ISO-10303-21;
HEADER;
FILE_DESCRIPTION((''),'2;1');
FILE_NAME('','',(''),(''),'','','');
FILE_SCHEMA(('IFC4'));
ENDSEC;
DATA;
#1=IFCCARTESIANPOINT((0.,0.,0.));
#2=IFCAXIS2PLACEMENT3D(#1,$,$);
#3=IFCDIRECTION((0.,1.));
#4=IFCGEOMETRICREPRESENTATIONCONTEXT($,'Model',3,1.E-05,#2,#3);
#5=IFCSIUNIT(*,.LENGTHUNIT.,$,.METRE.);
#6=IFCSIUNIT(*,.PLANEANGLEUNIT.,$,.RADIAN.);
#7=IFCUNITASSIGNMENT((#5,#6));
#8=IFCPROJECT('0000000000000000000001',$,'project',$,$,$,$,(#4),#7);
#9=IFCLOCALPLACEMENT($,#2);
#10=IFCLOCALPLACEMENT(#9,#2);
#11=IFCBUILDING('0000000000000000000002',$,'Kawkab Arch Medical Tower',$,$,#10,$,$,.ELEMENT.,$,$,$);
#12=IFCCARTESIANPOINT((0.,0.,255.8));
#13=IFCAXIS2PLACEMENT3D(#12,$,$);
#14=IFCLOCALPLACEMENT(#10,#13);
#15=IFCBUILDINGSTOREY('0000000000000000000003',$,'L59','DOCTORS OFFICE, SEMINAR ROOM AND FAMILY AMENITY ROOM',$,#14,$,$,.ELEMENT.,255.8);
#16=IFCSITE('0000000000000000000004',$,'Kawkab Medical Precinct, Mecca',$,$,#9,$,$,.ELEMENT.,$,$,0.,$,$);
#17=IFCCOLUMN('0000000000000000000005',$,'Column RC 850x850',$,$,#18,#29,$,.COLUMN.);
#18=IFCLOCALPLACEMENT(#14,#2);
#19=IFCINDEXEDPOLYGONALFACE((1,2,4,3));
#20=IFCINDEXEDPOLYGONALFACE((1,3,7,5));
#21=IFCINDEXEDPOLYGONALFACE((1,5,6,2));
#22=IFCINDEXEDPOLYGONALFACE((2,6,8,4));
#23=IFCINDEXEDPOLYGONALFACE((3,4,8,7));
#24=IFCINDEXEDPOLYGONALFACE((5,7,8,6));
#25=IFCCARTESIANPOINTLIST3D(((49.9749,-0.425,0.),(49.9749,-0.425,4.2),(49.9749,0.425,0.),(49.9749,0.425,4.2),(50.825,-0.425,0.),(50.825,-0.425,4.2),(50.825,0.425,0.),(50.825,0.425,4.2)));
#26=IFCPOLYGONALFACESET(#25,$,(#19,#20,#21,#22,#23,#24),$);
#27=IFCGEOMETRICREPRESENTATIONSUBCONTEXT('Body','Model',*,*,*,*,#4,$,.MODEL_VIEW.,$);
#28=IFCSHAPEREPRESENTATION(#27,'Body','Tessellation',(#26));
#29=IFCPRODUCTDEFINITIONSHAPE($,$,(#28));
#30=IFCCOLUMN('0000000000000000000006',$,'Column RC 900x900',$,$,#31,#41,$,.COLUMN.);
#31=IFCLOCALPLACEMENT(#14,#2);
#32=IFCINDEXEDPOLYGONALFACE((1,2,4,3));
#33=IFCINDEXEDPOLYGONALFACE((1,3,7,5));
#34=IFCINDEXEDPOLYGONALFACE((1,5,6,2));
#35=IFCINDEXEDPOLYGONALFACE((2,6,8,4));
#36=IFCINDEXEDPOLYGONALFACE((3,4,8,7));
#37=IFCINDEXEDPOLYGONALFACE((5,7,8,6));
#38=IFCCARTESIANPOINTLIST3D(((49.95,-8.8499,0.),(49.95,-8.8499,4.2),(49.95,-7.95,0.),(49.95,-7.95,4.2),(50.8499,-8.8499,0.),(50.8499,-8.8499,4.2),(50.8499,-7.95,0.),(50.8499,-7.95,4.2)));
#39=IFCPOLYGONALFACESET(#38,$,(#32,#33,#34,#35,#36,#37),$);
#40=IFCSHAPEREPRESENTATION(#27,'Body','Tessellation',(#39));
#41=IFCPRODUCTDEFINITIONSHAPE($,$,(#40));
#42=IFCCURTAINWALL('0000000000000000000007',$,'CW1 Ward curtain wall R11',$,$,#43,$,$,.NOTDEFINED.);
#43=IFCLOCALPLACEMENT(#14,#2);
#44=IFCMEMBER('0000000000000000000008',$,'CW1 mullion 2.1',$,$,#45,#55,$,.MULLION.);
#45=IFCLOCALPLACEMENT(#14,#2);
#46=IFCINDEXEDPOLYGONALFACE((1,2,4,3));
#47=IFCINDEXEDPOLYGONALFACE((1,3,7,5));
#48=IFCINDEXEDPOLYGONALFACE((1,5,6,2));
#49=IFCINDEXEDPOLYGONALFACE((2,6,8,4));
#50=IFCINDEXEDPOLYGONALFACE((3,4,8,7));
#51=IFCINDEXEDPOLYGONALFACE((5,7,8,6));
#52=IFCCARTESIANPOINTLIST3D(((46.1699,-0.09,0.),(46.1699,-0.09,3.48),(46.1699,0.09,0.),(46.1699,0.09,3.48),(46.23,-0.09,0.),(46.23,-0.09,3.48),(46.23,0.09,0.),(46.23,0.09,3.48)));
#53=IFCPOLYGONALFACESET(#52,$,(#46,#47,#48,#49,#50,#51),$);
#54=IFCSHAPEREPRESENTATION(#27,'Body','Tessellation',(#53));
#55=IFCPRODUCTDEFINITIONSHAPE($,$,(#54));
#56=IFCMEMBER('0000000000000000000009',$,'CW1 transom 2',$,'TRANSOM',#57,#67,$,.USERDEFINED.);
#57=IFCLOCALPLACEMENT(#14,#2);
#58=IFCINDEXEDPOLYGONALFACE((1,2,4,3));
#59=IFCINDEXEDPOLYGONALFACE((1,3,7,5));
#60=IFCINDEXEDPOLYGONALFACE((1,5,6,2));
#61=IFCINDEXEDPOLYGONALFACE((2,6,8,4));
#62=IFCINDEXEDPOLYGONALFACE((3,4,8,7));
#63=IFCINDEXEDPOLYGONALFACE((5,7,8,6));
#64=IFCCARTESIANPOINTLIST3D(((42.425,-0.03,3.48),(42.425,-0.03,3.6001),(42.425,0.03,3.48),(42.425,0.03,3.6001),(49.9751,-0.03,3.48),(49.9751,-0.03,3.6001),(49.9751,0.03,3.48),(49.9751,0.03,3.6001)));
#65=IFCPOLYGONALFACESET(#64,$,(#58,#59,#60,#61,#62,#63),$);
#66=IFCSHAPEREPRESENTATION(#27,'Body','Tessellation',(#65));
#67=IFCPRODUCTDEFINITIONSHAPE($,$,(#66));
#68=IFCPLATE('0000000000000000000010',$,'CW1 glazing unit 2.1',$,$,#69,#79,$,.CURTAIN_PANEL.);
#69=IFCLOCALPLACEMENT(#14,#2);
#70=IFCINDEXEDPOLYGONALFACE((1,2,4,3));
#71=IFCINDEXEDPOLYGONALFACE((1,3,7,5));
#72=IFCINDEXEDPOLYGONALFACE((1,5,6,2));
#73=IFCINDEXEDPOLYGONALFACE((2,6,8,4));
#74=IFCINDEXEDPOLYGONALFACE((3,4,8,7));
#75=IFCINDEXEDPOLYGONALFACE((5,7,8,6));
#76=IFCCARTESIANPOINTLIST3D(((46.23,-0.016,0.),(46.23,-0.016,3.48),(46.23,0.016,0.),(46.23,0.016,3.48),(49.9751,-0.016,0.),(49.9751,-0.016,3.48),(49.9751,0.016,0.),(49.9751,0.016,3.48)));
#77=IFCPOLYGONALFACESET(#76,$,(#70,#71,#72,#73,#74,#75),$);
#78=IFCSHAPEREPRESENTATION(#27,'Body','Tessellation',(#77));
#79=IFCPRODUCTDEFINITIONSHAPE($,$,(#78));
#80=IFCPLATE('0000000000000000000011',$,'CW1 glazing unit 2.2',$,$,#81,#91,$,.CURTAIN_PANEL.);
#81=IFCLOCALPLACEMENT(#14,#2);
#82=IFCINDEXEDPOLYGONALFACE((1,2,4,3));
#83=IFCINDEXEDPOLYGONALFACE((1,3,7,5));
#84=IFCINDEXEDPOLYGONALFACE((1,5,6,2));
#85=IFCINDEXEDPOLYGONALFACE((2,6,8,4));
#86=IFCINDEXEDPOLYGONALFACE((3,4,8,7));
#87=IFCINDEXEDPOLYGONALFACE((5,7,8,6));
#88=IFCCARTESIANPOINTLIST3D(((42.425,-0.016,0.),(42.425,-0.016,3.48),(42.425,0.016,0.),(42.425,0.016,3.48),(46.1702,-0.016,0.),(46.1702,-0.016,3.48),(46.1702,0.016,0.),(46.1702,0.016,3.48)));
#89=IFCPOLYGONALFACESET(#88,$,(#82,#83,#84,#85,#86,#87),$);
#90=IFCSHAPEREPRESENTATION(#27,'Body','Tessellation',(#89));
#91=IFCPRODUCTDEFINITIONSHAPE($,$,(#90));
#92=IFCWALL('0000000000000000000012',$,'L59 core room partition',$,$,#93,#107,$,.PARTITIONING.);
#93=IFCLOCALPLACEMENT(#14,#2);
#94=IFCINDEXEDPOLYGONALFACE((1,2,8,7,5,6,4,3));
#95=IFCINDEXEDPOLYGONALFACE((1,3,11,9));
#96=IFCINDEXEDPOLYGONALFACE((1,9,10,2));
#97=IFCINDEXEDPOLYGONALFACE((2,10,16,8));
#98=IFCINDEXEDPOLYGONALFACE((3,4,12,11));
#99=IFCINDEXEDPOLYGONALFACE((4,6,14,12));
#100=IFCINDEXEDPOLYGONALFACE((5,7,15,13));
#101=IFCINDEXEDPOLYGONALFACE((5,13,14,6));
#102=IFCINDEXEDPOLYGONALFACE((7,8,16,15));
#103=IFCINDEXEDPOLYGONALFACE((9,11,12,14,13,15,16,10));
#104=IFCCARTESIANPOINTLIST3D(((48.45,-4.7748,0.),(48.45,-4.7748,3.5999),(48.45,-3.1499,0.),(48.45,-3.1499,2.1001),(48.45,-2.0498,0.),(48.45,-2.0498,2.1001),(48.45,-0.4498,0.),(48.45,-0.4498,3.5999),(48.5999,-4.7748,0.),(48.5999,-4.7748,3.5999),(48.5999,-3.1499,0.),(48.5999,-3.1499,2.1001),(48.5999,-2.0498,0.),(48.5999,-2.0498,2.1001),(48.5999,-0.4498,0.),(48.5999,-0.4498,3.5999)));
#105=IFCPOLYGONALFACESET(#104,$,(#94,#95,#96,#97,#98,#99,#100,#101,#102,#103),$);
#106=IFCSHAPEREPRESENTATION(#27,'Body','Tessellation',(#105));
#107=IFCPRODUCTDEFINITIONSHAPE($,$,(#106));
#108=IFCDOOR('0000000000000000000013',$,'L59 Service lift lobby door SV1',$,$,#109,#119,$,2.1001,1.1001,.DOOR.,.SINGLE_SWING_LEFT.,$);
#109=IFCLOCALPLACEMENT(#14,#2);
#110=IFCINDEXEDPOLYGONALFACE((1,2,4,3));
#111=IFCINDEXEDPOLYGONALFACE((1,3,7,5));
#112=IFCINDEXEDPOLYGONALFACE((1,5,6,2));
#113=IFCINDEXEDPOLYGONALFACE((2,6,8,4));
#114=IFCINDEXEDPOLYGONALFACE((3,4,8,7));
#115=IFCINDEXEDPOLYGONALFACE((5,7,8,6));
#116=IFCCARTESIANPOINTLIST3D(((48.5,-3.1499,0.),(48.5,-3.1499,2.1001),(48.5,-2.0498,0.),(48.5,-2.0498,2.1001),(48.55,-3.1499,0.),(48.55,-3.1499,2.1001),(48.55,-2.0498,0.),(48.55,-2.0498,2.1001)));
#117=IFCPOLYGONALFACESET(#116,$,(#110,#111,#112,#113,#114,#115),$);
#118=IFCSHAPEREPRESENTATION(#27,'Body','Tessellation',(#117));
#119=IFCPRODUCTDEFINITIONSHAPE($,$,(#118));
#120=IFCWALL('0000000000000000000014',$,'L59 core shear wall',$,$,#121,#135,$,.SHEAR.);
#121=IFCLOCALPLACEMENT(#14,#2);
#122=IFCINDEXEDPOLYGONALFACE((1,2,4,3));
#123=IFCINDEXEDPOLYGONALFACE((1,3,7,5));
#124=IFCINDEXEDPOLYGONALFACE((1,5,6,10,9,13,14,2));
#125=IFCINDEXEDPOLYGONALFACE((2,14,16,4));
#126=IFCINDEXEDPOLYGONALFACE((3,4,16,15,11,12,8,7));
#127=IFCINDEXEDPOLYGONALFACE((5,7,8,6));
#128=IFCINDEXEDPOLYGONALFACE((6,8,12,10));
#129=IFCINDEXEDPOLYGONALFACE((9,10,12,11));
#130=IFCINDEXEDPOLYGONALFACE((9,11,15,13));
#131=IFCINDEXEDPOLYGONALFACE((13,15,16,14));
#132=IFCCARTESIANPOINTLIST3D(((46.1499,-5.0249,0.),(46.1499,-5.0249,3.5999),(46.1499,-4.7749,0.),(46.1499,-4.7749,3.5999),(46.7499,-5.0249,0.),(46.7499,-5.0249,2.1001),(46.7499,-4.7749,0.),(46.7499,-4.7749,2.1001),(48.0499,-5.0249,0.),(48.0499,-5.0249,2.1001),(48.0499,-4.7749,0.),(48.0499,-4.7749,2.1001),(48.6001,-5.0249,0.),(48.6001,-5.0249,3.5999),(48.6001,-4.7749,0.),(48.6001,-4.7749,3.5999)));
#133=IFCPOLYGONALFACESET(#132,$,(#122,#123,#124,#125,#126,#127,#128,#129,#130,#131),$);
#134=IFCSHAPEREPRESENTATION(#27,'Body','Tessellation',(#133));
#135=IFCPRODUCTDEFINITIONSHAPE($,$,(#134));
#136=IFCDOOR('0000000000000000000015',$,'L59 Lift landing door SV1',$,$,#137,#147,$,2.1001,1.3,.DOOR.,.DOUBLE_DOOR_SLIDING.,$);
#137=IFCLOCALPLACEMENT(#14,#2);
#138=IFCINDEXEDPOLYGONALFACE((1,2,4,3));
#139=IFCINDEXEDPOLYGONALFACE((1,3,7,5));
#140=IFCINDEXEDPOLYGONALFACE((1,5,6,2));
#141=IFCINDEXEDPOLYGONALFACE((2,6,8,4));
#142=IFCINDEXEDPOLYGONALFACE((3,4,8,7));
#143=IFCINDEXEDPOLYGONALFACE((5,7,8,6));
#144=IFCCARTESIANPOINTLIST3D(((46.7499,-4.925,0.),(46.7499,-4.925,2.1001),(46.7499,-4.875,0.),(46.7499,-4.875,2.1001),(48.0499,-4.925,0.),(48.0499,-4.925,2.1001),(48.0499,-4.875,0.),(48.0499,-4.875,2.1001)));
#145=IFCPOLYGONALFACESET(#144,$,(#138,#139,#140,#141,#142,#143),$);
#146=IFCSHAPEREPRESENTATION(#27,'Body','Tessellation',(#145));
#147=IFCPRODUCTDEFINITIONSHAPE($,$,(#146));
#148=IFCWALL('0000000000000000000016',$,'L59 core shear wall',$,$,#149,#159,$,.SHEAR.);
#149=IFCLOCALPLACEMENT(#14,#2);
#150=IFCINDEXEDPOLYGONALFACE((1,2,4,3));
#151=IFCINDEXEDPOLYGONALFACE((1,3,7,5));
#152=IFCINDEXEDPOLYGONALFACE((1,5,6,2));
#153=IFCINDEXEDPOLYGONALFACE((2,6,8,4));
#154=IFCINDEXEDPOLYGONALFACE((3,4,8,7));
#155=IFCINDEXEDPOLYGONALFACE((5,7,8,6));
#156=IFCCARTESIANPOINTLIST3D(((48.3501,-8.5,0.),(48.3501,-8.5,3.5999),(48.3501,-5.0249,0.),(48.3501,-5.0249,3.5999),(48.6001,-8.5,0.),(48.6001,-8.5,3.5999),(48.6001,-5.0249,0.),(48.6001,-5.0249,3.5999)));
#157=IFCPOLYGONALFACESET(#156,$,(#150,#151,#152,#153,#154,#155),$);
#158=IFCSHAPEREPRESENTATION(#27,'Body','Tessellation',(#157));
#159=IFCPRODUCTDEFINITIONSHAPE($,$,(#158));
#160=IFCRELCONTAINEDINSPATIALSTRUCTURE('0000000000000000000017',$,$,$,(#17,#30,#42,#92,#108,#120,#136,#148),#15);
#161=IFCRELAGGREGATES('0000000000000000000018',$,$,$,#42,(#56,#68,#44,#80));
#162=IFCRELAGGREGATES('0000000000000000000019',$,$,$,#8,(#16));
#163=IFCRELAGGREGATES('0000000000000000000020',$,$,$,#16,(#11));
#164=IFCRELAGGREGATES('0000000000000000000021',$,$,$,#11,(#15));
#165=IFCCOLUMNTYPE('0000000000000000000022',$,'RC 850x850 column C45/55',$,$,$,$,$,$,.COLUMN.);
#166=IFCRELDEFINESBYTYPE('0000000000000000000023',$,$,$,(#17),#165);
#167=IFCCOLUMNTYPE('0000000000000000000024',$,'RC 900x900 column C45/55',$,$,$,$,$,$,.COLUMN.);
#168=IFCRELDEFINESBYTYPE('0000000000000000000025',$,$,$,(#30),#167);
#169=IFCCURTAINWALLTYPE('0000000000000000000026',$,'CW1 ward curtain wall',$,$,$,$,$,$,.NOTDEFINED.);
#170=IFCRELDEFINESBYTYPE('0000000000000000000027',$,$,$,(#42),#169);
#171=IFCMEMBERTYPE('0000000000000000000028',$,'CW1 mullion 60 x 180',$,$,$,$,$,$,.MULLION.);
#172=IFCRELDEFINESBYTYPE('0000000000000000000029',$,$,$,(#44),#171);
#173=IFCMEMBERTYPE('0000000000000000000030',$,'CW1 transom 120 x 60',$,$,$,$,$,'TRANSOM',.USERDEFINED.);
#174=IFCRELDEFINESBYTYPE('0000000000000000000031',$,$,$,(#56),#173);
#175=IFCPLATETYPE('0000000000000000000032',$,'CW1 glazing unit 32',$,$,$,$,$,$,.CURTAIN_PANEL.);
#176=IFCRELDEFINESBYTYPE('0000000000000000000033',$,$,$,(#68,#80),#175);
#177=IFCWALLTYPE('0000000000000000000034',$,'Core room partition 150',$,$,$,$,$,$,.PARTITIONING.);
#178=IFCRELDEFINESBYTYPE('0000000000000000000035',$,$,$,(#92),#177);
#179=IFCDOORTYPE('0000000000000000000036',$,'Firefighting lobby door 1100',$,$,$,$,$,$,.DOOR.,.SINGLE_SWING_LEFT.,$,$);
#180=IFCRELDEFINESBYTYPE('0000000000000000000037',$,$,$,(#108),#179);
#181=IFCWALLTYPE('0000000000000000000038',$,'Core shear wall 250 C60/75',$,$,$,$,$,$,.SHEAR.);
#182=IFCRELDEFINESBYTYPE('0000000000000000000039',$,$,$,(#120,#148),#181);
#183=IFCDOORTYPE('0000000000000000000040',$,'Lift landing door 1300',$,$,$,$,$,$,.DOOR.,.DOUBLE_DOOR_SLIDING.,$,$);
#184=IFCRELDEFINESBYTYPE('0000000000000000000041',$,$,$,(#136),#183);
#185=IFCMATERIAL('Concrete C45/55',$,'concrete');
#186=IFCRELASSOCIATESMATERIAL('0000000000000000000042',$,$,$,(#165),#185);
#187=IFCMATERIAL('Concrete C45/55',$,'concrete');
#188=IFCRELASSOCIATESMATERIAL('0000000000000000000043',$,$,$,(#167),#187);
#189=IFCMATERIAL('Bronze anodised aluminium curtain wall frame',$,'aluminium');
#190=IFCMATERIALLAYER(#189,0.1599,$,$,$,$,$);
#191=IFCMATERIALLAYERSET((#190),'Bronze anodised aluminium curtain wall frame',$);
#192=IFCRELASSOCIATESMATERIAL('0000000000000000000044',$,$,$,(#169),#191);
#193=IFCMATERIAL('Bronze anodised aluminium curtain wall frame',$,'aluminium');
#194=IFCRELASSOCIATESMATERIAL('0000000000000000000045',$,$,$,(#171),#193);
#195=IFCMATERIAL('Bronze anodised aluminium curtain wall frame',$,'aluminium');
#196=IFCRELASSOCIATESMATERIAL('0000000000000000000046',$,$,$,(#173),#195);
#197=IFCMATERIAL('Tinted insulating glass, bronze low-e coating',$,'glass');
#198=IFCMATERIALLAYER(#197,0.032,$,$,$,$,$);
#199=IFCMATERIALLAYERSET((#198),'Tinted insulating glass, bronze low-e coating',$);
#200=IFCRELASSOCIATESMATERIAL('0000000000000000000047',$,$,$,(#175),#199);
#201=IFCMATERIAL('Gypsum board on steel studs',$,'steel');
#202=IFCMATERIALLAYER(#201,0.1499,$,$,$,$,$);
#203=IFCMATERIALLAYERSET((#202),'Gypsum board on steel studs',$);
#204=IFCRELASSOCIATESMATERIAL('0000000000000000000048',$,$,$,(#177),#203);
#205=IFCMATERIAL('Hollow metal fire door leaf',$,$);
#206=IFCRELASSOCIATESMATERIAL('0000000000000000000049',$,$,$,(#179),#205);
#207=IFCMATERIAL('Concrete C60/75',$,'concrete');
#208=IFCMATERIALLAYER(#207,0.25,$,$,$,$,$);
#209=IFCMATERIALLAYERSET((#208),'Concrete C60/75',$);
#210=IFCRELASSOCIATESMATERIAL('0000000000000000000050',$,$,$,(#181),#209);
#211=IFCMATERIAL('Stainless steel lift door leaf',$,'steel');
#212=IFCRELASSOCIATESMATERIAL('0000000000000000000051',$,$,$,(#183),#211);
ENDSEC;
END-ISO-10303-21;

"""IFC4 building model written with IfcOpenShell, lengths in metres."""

from ifc_helpers import new_model, si_unit, direction, frame, frame_2d, origin, origin_2d, place, context, subcontext, project, spatial, rectangle, extrude, material, layer, layer_set, material_profile, profile_set, type_object, element, fill, aggregate, save


model = new_model("IFC4")

# Units and contexts
model_context = context("Model", 3, precision=1e-05, world=origin(), true_north=direction((0.0, 1.0)))
body_context = subcontext(model_context, "Body", "Model", "MODEL_VIEW")
ifc_project = project(units=[si_unit("LENGTHUNIT", "METRE"), si_unit("PLANEANGLEUNIT", "RADIAN")], contexts=[model_context])

# Site, building, storey
site_placement = place(None, origin())
site = spatial("IfcSite", under=ifc_project, at=site_placement, Name="Kawkab Medical Precinct, Mecca", CompositionType="ELEMENT", RefElevation=0.0)
building_placement = place(site_placement, origin())
building = spatial("IfcBuilding", under=site, at=building_placement, Name="Kawkab Arch Medical Tower", CompositionType="ELEMENT")
storey_placement = place(building_placement, frame((0.0, 0.0, 255.8)))
storey = spatial("IfcBuildingStorey", under=building, at=storey_placement, Name="L59", Description="DOCTORS OFFICE, SEMINAR ROOM AND FAMILY AMENITY ROOM", CompositionType="ELEMENT", Elevation=255.8)

# Columns
ifc_material_1 = material(Name="Concrete C45/55", Category="concrete")
ifc_material_profile_1 = material_profile(ifc_material_1, rectangle(XDim=0.8501, YDim=0.8501, at=origin_2d()), Name="RC 850x850")
ifc_profile_set_1 = profile_set([ifc_material_profile_1], Name="Concrete C45/55")
column_type_1 = type_object("IfcColumnType", Name="RC 850x850 column C45/55", PredefinedType="COLUMN", material=ifc_profile_set_1)
column_1_placement = place(storey_placement, frame((50.3999, 0.0, 0.0), z_axis=(0.0, 0.0, 1.0), x_axis=(1.0, 0.0, 0.0)))
element("IfcColumn", 1, at=column_1_placement, inside=storey, type_object=column_type_1, Name="Column RC 850x850", PredefinedType="COLUMN", context=body_context, shape_type="SweptSolid", body=[
    extrude(rectangle(XDim=0.8501, YDim=0.8501, at=origin_2d()), origin(), (0.0, 0.0, 1.0), 4.2),
])
ifc_material_2 = material(Name="Concrete C45/55", Category="concrete")
ifc_material_profile_2 = material_profile(ifc_material_2, rectangle(XDim=0.8999, YDim=0.8999, at=origin_2d()), Name="RC 900x900")
ifc_profile_set_2 = profile_set([ifc_material_profile_2], Name="Concrete C45/55")
column_type_2 = type_object("IfcColumnType", Name="RC 900x900 column C45/55", PredefinedType="COLUMN", material=ifc_profile_set_2)
column_2_placement = place(storey_placement, frame((50.3999, -8.3999, 0.0), z_axis=(0.0, 0.0, 1.0), x_axis=(1.0, 0.0, 0.0)))
element("IfcColumn", 2, at=column_2_placement, inside=storey, type_object=column_type_2, Name="Column RC 900x900", PredefinedType="COLUMN", context=body_context, shape_type="SweptSolid", body=[
    extrude(rectangle(XDim=0.8999, YDim=0.8999, at=origin_2d()), origin(), (0.0, 0.0, 1.0), 4.2),
])

# Curtain wall, members, plates
ifc_material_3 = material(Name="Bronze anodised aluminium curtain wall frame", Category="aluminium")
ifc_layer_1 = layer(ifc_material_3, 0.1599)
ifc_layer_set_1 = layer_set([ifc_layer_1], Name="Bronze anodised aluminium curtain wall frame")
curtain_wall_type = type_object("IfcCurtainWallType", Name="CW1 ward curtain wall", PredefinedType="NOTDEFINED", material=ifc_layer_set_1)
placement = place(storey_placement, origin())
curtain_wall = element("IfcCurtainWall", 3, at=placement, inside=storey, type_object=curtain_wall_type, Name="CW1 Ward curtain wall R11", PredefinedType="NOTDEFINED")
ifc_material_4 = material(Name="Bronze anodised aluminium curtain wall frame", Category="aluminium")
ifc_material_profile_3 = material_profile(ifc_material_4, rectangle(XDim=0.1799, YDim=0.0601, at=origin_2d()), Name="AL 60x180")
ifc_profile_set_3 = profile_set([ifc_material_profile_3], Name="Bronze anodised aluminium curtain wall frame")
member_type_1 = type_object("IfcMemberType", Name="CW1 mullion 60 x 180", PredefinedType="MULLION", material=ifc_profile_set_3)
member_1_placement = place(storey_placement, frame((46.2, 0.0, 0.0), z_axis=(0.0, 0.0, 1.0), x_axis=(0.0, -1.0, 0.0)))
member_1 = element("IfcMember", 4, at=member_1_placement, type_object=member_type_1, Name="CW1 mullion 2.1", PredefinedType="MULLION", context=body_context, shape_type="SweptSolid", body=[
    extrude(rectangle(XDim=0.1799, YDim=0.0601, at=origin_2d()), origin(), (0.0, 0.0, 1.0), 3.48),
])
ifc_material_5 = material(Name="Bronze anodised aluminium curtain wall frame", Category="aluminium")
ifc_material_profile_4 = material_profile(ifc_material_5, rectangle(XDim=0.0601, YDim=0.1201, at=origin_2d()), Name="AL 60x120")
ifc_profile_set_4 = profile_set([ifc_material_profile_4], Name="Bronze anodised aluminium curtain wall frame")
member_type_2 = type_object("IfcMemberType", Name="CW1 transom 120 x 60", ElementType="TRANSOM", PredefinedType="USERDEFINED", material=ifc_profile_set_4)
member_2_placement = place(storey_placement, frame((49.9751, 0.0, 3.54), z_axis=(-1.0, 0.0, 0.0), x_axis=(0.0, -1.0, 0.0)))
member_2 = element("IfcMember", 5, at=member_2_placement, type_object=member_type_2, Name="CW1 transom 2", ObjectType="TRANSOM", PredefinedType="USERDEFINED", context=body_context, shape_type="SweptSolid", body=[
    extrude(rectangle(XDim=0.0601, YDim=0.1201, at=origin_2d()), origin(), (0.0, 0.0, 1.0), 7.55),
])
ifc_material_6 = material(Name="Tinted insulating glass, bronze low-e coating", Category="glass")
ifc_layer_2 = layer(ifc_material_6, 0.032)
ifc_layer_set_2 = layer_set([ifc_layer_2], Name="Tinted insulating glass, bronze low-e coating")
plate_type = type_object("IfcPlateType", Name="CW1 glazing unit 32", PredefinedType="CURTAIN_PANEL", material=ifc_layer_set_2)
plate_1_placement = place(storey_placement, frame((48.1025, 0.0, 0.0), z_axis=(0.0, 0.0, 1.0), x_axis=(-1.0, 0.0, 0.0)))
plate_1 = element("IfcPlate", 6, at=plate_1_placement, type_object=plate_type, Name="CW1 glazing unit 2.1", PredefinedType="CURTAIN_PANEL", context=body_context, shape_type="SweptSolid", body=[
    extrude(rectangle(XDim=3.7451, YDim=0.032, at=origin_2d()), origin(), (0.0, 0.0, 1.0), 3.48),
])
plate_2_placement = place(storey_placement, frame((44.2976, 0.0, 0.0), z_axis=(0.0, 0.0, 1.0), x_axis=(-1.0, 0.0, 0.0)))
plate_2 = element("IfcPlate", 7, at=plate_2_placement, type_object=plate_type, Name="CW1 glazing unit 2.2", PredefinedType="CURTAIN_PANEL", context=body_context, shape_type="SweptSolid", body=[
    extrude(rectangle(XDim=3.7451, YDim=0.032, at=origin_2d()), origin(), (0.0, 0.0, 1.0), 3.48),
])
aggregate(curtain_wall, [member_2, plate_1, member_1, plate_2])

# Walls, openings, doors
ifc_material_7 = material(Name="Gypsum board on steel studs", Category="steel")
ifc_layer_3 = layer(ifc_material_7, 0.1499)
ifc_layer_set_3 = layer_set([ifc_layer_3], Name="Gypsum board on steel studs")
wall_type_1 = type_object("IfcWallType", Name="Core room partition 150", PredefinedType="PARTITIONING", material=ifc_layer_set_3)
wall_1_placement = place(storey_placement, frame((48.5249, -4.7749, 0.0), z_axis=(0.0, 0.0, 1.0), x_axis=(0.0, 1.0, 0.0)))
wall_1 = element("IfcWall", 8, at=wall_1_placement, inside=storey, type_object=wall_type_1, Name="L59 core room partition", PredefinedType="PARTITIONING", context=body_context, shape_type="SweptSolid", body=[
    extrude(rectangle(XDim=4.325, YDim=0.1499, at=frame_2d((2.1626, 0.0))), origin(), (0.0, 0.0, 1.0), 3.5999),
])
opening_1_placement = place(wall_1_placement, frame((1.625, 0.0, 0.0)))
opening_1 = element("IfcOpeningElement", 9, at=opening_1_placement, cuts=wall_1, PredefinedType="OPENING", context=body_context, shape_type="SweptSolid", body=[
    extrude(rectangle(XDim=1.1001, YDim=2.1001, at=frame_2d((0.55, 1.05))), frame((0.0, 0.085, 0.0), z_axis=(0.0, -1.0, 0.0), x_axis=(1.0, 0.0, 0.0)), (0.0, 0.0, 1.0), 0.1699),
])
ifc_material_8 = material(Name="Hollow metal fire door leaf")
door_type_1 = type_object("IfcDoorType", Name="Firefighting lobby door 1100", OperationType="SINGLE_SWING_LEFT", PredefinedType="DOOR", material=ifc_material_8)
door_1_placement = place(opening_1_placement, origin())
door_1 = element("IfcDoor", 10, at=door_1_placement, inside=storey, type_object=door_type_1, Name="L59 Service lift lobby door SV1", OperationType="SINGLE_SWING_LEFT", OverallHeight=2.1001, OverallWidth=1.1001, PredefinedType="DOOR", context=body_context, shape_type="SweptSolid", body=[
    extrude(rectangle(XDim=1.1001, YDim=2.1001, at=frame_2d((0.55, 1.05))), frame((0.0, 0.0249, 0.0), z_axis=(0.0, -1.0, 0.0), x_axis=(1.0, 0.0, 0.0)), (0.0, 0.0, 1.0), 0.05),
])
fill(opening_1, door_1)
ifc_material_9 = material(Name="Concrete C60/75", Category="concrete")
ifc_layer_4 = layer(ifc_material_9, 0.25)
ifc_layer_set_4 = layer_set([ifc_layer_4], Name="Concrete C60/75")
wall_type_2 = type_object("IfcWallType", Name="Core shear wall 250 C60/75", PredefinedType="SHEAR", material=ifc_layer_set_4)
wall_2_placement = place(storey_placement, frame((46.1499, -4.8999, 0.0), z_axis=(0.0, 0.0, 1.0), x_axis=(1.0, 0.0, 0.0)))
wall_2 = element("IfcWall", 11, at=wall_2_placement, inside=storey, type_object=wall_type_2, Name="L59 core shear wall", PredefinedType="SHEAR", context=body_context, shape_type="SweptSolid", body=[
    extrude(rectangle(XDim=2.4502, YDim=0.25, at=frame_2d((1.2251, 0.0))), origin(), (0.0, 0.0, 1.0), 3.5999),
])
opening_2_placement = place(wall_2_placement, frame((0.6001, 0.0, 0.0)))
opening_2 = element("IfcOpeningElement", 12, at=opening_2_placement, cuts=wall_2, PredefinedType="OPENING", context=body_context, shape_type="SweptSolid", body=[
    extrude(rectangle(XDim=1.3, YDim=2.1001, at=frame_2d((0.6499, 1.05))), frame((0.0, 0.135, 0.0), z_axis=(0.0, -1.0, 0.0), x_axis=(1.0, 0.0, 0.0)), (0.0, 0.0, 1.0), 0.27),
])
ifc_material_10 = material(Name="Stainless steel lift door leaf", Category="steel")
door_type_2 = type_object("IfcDoorType", Name="Lift landing door 1300", OperationType="DOUBLE_DOOR_SLIDING", PredefinedType="DOOR", material=ifc_material_10)
door_2_placement = place(opening_2_placement, origin())
door_2 = element("IfcDoor", 13, at=door_2_placement, inside=storey, type_object=door_type_2, Name="L59 Lift landing door SV1", OperationType="DOUBLE_DOOR_SLIDING", OverallHeight=2.1001, OverallWidth=1.3, PredefinedType="DOOR", context=body_context, shape_type="SweptSolid", body=[
    extrude(rectangle(XDim=1.3, YDim=2.1001, at=frame_2d((0.6499, 1.05))), frame((0.0, 0.0249, 0.0), z_axis=(0.0, -1.0, 0.0), x_axis=(1.0, 0.0, 0.0)), (0.0, 0.0, 1.0), 0.05),
])
fill(opening_2, door_2)

# Wall
wall_3_placement = place(storey_placement, frame((48.4751, -8.5, 0.0), z_axis=(0.0, 0.0, 1.0), x_axis=(0.0, 1.0, 0.0)))
element("IfcWall", 14, at=wall_3_placement, inside=storey, type_object=wall_type_2, Name="L59 core shear wall", PredefinedType="SHEAR", context=body_context, shape_type="SweptSolid", body=[
    extrude(rectangle(XDim=3.4751, YDim=0.25, at=frame_2d((1.7375, 0.0))), origin(), (0.0, 0.0, 1.0), 3.5999),
])

save(model, "model.ifc")
